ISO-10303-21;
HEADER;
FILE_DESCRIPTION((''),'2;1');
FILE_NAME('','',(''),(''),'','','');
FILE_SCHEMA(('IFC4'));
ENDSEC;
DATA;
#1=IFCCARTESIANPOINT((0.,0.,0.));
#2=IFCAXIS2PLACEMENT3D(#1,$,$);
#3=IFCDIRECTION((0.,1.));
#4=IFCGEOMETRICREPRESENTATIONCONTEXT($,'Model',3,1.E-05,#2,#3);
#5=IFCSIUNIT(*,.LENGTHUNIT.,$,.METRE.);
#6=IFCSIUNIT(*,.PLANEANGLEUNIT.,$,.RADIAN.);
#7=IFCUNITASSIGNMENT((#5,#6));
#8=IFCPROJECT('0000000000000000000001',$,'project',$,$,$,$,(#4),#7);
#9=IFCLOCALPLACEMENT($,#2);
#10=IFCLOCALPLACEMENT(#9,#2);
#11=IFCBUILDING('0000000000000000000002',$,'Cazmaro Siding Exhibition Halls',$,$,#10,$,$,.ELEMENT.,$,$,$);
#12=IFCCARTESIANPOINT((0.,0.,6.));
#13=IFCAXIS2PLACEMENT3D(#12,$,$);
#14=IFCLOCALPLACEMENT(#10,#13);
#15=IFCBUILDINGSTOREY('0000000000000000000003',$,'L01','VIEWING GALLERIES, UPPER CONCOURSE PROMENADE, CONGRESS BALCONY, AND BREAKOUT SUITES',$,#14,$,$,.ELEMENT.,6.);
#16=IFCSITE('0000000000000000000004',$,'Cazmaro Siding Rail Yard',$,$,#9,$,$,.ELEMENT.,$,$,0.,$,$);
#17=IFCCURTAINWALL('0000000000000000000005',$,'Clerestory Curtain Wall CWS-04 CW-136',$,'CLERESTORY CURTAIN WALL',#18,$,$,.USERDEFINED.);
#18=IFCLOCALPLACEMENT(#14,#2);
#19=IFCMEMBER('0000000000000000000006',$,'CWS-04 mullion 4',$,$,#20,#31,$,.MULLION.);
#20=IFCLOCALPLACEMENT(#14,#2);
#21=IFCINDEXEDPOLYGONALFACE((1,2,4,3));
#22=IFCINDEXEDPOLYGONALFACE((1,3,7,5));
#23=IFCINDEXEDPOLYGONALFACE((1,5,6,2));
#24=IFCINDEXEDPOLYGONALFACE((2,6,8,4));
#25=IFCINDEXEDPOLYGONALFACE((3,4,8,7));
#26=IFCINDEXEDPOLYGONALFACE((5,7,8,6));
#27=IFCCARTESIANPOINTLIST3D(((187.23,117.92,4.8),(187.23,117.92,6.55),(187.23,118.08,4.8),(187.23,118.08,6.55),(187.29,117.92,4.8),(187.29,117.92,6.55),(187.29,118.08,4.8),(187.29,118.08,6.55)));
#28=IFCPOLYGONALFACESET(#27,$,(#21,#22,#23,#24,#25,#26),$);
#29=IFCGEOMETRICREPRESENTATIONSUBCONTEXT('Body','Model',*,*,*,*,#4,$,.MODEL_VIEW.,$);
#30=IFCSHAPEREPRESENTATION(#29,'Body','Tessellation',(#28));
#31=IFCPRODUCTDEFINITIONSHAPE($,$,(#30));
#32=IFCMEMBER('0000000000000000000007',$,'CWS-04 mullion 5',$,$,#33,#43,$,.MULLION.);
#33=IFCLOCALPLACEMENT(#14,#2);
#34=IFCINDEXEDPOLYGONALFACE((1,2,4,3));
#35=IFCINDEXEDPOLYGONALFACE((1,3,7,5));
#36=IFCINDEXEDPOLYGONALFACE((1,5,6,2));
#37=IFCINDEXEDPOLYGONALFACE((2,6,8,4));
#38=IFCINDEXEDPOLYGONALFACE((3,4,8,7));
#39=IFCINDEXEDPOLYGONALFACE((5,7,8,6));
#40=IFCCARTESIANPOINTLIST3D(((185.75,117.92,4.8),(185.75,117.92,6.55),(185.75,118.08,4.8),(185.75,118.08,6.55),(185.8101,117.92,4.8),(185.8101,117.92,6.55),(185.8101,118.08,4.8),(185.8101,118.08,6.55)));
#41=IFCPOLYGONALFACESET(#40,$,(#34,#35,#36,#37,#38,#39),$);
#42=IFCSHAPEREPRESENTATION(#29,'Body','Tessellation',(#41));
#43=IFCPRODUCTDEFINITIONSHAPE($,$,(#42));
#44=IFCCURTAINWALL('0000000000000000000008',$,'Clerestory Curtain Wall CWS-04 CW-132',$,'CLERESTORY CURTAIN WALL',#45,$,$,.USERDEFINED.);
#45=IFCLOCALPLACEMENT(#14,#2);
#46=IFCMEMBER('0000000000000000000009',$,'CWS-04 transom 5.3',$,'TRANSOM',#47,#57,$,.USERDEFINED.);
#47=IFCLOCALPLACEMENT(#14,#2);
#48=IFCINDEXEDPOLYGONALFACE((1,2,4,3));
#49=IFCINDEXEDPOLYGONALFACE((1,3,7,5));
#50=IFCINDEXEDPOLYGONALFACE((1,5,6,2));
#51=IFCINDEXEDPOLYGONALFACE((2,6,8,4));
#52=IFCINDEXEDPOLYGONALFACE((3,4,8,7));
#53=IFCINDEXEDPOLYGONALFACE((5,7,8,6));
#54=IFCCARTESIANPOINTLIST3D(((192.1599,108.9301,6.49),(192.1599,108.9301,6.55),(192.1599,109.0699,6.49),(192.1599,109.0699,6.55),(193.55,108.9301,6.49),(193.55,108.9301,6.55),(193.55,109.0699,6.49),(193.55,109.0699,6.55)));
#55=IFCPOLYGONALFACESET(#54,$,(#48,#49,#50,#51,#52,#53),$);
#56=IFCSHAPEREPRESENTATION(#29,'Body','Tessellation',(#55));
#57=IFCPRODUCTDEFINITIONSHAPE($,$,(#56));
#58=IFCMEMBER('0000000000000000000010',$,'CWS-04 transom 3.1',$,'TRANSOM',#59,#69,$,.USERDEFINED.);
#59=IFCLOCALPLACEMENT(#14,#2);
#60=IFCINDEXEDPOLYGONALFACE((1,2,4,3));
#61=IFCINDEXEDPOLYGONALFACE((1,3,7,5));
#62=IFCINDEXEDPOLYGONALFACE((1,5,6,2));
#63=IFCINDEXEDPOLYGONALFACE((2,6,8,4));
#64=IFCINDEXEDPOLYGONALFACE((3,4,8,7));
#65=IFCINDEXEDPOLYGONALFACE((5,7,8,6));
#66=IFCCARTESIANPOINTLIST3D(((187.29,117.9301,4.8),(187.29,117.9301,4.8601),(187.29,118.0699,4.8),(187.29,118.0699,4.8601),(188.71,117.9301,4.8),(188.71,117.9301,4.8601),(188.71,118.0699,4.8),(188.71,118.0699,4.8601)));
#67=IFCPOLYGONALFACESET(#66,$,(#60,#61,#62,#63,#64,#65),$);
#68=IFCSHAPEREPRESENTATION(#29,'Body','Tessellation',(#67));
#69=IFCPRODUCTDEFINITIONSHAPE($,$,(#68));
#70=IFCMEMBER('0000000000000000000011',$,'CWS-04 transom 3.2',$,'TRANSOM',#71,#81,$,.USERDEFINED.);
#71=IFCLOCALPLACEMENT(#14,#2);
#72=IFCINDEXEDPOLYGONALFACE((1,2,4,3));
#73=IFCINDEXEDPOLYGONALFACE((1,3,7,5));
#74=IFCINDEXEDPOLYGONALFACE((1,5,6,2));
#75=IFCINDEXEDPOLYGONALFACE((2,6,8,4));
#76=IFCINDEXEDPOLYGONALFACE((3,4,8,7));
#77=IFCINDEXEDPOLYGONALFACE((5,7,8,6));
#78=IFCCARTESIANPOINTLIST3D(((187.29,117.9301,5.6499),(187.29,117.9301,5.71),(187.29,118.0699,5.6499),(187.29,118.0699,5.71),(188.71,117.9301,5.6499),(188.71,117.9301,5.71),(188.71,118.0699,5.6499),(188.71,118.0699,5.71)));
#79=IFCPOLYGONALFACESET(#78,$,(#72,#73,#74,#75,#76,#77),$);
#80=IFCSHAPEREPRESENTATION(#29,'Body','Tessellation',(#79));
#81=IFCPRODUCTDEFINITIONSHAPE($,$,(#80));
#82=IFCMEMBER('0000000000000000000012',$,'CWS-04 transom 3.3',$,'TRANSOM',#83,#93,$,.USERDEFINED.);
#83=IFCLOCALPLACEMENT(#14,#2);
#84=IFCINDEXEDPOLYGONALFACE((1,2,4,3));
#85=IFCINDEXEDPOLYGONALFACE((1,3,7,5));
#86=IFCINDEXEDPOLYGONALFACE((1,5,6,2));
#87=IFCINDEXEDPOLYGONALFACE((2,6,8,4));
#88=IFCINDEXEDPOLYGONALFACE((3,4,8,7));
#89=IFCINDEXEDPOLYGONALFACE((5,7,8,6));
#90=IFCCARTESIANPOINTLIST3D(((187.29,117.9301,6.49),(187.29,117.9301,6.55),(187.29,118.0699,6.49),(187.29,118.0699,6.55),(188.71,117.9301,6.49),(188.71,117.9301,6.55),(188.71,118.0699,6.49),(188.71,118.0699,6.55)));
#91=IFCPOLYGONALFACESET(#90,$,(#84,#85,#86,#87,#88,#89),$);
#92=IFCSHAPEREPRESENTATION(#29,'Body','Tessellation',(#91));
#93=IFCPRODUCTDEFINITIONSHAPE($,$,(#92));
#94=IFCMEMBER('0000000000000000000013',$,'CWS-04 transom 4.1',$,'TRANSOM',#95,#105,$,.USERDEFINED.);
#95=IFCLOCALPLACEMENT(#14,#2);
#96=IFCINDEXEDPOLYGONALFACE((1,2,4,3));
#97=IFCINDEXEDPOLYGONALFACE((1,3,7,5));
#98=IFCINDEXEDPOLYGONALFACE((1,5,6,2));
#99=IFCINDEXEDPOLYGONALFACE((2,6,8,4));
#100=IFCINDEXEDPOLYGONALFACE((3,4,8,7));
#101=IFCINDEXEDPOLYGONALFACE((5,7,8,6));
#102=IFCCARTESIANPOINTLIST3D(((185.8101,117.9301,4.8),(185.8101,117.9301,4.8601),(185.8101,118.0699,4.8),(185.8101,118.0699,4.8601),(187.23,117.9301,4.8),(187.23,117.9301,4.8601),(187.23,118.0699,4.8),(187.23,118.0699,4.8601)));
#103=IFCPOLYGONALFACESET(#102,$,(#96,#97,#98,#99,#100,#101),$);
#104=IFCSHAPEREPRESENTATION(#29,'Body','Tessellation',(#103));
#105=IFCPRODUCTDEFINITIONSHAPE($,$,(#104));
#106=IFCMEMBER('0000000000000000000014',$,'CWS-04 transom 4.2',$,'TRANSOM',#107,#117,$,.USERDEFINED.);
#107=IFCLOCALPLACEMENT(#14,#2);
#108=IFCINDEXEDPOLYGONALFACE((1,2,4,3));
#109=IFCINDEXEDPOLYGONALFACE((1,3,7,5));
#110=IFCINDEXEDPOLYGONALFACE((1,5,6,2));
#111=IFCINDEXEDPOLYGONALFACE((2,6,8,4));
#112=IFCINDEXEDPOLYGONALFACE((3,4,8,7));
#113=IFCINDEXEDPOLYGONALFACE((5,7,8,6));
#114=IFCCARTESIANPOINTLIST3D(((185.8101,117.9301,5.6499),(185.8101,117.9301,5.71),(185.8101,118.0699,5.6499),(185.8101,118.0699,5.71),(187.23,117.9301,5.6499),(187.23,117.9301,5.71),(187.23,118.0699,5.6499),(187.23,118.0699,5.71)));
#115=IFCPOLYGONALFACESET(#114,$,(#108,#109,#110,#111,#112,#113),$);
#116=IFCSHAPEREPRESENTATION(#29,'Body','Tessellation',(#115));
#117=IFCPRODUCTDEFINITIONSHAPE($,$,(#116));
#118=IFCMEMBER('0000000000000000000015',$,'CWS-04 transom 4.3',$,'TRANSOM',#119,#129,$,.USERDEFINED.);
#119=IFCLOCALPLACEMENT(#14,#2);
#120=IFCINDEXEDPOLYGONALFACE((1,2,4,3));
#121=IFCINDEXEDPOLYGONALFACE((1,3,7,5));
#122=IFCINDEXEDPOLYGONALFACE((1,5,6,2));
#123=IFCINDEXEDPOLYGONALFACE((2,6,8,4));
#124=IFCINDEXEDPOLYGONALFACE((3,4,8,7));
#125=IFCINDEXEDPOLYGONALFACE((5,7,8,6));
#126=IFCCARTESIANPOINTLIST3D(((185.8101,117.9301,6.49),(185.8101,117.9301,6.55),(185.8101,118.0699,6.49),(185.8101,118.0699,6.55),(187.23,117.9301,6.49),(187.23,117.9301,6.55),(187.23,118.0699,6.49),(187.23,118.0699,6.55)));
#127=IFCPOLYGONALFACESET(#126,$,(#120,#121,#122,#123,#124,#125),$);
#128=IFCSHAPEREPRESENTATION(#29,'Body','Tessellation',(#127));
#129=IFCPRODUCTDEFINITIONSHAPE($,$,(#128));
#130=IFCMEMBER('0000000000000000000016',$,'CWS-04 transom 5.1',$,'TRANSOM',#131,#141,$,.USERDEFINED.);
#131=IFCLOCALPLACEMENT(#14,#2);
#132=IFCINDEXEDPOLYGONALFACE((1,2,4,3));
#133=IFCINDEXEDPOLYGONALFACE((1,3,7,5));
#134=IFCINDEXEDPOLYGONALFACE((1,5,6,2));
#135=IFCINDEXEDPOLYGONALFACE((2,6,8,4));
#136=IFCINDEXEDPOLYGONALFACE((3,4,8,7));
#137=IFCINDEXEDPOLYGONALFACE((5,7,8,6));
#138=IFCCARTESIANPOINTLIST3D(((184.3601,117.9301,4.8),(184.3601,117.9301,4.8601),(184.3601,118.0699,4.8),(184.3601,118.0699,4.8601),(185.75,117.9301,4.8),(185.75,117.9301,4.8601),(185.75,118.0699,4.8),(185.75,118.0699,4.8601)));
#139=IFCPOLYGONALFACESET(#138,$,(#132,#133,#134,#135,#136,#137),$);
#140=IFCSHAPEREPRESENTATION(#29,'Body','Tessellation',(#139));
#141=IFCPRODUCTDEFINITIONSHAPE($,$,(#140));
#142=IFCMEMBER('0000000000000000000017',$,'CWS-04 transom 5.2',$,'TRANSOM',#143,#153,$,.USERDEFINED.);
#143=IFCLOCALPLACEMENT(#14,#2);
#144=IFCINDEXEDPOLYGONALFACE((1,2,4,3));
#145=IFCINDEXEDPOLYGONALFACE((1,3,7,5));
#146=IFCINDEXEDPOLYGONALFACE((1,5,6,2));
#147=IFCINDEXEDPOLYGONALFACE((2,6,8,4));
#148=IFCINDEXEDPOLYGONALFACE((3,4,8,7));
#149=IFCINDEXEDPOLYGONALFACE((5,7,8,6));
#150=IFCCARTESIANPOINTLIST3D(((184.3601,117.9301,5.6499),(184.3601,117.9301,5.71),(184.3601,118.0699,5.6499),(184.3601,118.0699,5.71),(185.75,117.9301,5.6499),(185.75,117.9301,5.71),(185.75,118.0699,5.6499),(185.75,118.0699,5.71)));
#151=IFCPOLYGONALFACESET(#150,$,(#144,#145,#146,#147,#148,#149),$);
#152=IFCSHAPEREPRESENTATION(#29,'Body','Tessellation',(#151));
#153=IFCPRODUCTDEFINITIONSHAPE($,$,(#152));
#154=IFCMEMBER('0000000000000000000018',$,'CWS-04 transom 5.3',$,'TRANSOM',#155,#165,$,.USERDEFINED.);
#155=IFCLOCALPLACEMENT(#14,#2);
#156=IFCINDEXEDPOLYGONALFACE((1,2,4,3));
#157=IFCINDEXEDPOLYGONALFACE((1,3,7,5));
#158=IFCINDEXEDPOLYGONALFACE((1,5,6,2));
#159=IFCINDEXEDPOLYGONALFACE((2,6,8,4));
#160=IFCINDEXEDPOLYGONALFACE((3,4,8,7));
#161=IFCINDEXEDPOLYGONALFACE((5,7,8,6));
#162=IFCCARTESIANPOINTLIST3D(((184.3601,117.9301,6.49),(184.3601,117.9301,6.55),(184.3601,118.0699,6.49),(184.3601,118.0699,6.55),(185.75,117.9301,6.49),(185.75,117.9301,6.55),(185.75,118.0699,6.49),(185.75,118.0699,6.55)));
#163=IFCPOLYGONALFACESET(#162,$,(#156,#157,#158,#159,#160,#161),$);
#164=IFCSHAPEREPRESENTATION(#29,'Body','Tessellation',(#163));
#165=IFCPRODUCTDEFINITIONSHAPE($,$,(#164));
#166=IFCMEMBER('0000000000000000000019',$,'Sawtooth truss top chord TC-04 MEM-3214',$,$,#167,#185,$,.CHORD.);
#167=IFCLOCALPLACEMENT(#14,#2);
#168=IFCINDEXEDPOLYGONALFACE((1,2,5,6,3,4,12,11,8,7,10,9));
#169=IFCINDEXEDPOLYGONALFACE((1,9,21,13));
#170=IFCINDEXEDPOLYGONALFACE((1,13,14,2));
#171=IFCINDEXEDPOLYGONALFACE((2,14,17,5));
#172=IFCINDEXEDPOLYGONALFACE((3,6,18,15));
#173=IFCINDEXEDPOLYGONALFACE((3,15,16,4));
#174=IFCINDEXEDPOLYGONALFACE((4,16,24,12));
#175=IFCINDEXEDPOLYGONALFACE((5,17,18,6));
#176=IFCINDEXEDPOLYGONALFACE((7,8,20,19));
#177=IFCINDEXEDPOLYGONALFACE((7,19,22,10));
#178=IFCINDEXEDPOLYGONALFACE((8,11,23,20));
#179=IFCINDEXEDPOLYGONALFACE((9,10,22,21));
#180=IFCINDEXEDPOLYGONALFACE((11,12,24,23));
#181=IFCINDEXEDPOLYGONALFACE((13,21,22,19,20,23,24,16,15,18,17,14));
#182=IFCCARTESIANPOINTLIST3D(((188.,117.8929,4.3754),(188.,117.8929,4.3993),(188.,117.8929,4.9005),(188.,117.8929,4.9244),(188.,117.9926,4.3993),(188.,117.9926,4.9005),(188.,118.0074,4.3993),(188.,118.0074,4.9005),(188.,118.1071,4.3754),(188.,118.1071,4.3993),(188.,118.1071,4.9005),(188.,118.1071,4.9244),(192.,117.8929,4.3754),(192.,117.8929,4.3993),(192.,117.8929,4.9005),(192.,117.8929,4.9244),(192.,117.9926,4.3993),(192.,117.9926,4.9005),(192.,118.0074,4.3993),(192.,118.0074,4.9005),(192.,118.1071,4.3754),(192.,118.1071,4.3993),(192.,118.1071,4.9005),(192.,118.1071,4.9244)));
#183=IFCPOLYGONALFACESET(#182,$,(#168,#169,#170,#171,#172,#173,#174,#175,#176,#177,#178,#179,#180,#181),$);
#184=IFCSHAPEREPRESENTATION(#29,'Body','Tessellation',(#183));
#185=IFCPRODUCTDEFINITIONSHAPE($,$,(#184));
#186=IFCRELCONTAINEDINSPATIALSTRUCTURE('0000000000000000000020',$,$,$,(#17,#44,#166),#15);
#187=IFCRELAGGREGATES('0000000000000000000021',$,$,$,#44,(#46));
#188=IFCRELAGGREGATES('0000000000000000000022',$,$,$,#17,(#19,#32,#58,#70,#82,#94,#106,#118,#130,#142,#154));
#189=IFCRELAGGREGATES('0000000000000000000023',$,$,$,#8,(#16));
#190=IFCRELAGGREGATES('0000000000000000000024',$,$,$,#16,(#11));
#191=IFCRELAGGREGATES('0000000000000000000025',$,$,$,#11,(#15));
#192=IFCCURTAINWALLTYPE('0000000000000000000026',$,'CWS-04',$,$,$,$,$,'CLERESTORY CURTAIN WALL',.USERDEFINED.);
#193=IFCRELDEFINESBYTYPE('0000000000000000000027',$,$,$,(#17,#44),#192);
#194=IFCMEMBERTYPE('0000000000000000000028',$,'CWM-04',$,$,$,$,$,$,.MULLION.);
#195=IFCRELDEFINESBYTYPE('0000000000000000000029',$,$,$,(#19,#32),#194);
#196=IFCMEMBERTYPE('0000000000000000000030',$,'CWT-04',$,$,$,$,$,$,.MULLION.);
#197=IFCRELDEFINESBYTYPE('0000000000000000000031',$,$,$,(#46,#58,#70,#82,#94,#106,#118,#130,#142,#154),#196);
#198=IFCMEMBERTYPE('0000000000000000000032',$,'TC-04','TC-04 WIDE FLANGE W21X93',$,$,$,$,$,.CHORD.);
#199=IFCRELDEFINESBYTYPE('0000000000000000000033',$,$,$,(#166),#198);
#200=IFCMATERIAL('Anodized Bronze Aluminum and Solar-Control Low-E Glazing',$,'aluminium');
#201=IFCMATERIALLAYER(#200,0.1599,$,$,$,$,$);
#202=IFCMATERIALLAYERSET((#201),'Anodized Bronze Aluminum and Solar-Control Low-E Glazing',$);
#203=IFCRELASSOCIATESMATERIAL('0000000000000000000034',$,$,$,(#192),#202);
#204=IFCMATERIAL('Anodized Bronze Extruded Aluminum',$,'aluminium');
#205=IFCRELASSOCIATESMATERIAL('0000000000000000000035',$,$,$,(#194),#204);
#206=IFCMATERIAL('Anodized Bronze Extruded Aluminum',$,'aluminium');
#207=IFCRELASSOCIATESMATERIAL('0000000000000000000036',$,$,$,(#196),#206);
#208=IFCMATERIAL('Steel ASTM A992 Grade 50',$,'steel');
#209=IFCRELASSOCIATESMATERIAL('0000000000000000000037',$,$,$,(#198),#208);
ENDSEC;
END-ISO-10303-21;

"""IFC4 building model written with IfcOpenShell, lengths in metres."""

from ifc_helpers import new_model, si_unit, direction, frame, origin, origin_2d, place, context, subcontext, project, spatial, rectangle, i_section, extrude, material, layer, layer_set, material_profile, profile_set, type_object, element, aggregate, save


model = new_model("IFC4")

# Units and contexts
model_context = context("Model", 3, precision=1e-05, world=origin(), true_north=direction((0.0, 1.0)))
body_context = subcontext(model_context, "Body", "Model", "MODEL_VIEW")
ifc_project = project(units=[si_unit("LENGTHUNIT", "METRE"), si_unit("PLANEANGLEUNIT", "RADIAN")], contexts=[model_context])

# Site, building, storey
site_placement = place(None, origin())
site = spatial("IfcSite", under=ifc_project, at=site_placement, Name="Cazmaro Siding Rail Yard", CompositionType="ELEMENT", RefElevation=0.0)
building_placement = place(site_placement, origin())
building = spatial("IfcBuilding", under=site, at=building_placement, Name="Cazmaro Siding Exhibition Halls", CompositionType="ELEMENT")
storey_placement = place(building_placement, frame((0.0, 0.0, 6.0)))
storey = spatial("IfcBuildingStorey", under=building, at=storey_placement, Name="L01", Description="VIEWING GALLERIES, UPPER CONCOURSE PROMENADE, CONGRESS BALCONY, AND BREAKOUT SUITES", CompositionType="ELEMENT", Elevation=6.0)

# Curtain wall, members
ifc_material_1 = material(Name="Anodized Bronze Aluminum and Solar-Control Low-E Glazing", Category="aluminium")
ifc_layer_1 = layer(ifc_material_1, 0.1599)
ifc_layer_set_1 = layer_set([ifc_layer_1], Name="Anodized Bronze Aluminum and Solar-Control Low-E Glazing")
curtain_wall_type = type_object("IfcCurtainWallType", Name="CWS-04", ElementType="CLERESTORY CURTAIN WALL", PredefinedType="USERDEFINED", material=ifc_layer_set_1)
curtain_wall_1_placement = place(storey_placement, origin())
curtain_wall_1 = element("IfcCurtainWall", 1, at=curtain_wall_1_placement, inside=storey, type_object=curtain_wall_type, Name="Clerestory Curtain Wall CWS-04 CW-136", ObjectType="CLERESTORY CURTAIN WALL", PredefinedType="USERDEFINED")
ifc_material_2 = material(Name="Anodized Bronze Extruded Aluminum", Category="aluminium")
ifc_material_profile_1 = material_profile(ifc_material_2, rectangle(XDim=0.1599, YDim=0.0601, at=origin_2d()), Name="CWM-04")
ifc_profile_set_1 = profile_set([ifc_material_profile_1], Name="Anodized Bronze Extruded Aluminum")
member_type_1 = type_object("IfcMemberType", Name="CWM-04", PredefinedType="MULLION", material=ifc_profile_set_1)
member_1_placement = place(storey_placement, frame((187.26, 118.0, 4.8), z_axis=(0.0, 0.0, 1.0), x_axis=(0.0, -1.0, 0.0)))
member_1 = element("IfcMember", 2, at=member_1_placement, type_object=member_type_1, Name="CWS-04 mullion 4", PredefinedType="MULLION", context=body_context, shape_type="SweptSolid", body=[
    extrude(rectangle(XDim=0.1599, YDim=0.0601, at=origin_2d()), origin(), (0.0, 0.0, 1.0), 1.75),
])
member_2_placement = place(storey_placement, frame((185.78, 118.0, 4.8), z_axis=(0.0, 0.0, 1.0), x_axis=(0.0, -1.0, 0.0)))
member_2 = element("IfcMember", 3, at=member_2_placement, type_object=member_type_1, Name="CWS-04 mullion 5", PredefinedType="MULLION", context=body_context, shape_type="SweptSolid", body=[
    extrude(rectangle(XDim=0.1599, YDim=0.0601, at=origin_2d()), origin(), (0.0, 0.0, 1.0), 1.75),
])

# Curtain wall, member
curtain_wall_2_placement = place(storey_placement, origin())
curtain_wall_2 = element("IfcCurtainWall", 4, at=curtain_wall_2_placement, inside=storey, type_object=curtain_wall_type, Name="Clerestory Curtain Wall CWS-04 CW-132", ObjectType="CLERESTORY CURTAIN WALL", PredefinedType="USERDEFINED")
ifc_material_3 = material(Name="Anodized Bronze Extruded Aluminum", Category="aluminium")
ifc_material_profile_2 = material_profile(ifc_material_3, rectangle(XDim=0.1399, YDim=0.0601, at=origin_2d()), Name="CWT-04")
ifc_profile_set_2 = profile_set([ifc_material_profile_2], Name="Anodized Bronze Extruded Aluminum")
member_type_2 = type_object("IfcMemberType", Name="CWT-04", PredefinedType="MULLION", material=ifc_profile_set_2)
member_3_placement = place(storey_placement, frame((193.55, 109.0, 6.52), z_axis=(-1.0, 0.0, 0.0), x_axis=(0.0, -1.0, 0.0)))
member_3 = element("IfcMember", 5, at=member_3_placement, type_object=member_type_2, Name="CWS-04 transom 5.3", ObjectType="TRANSOM", PredefinedType="USERDEFINED", context=body_context, shape_type="SweptSolid", body=[
    extrude(rectangle(XDim=0.1399, YDim=0.0601, at=origin_2d()), origin(), (0.0, 0.0, 1.0), 1.3901),
])
aggregate(curtain_wall_2, [member_3])

# Members
member_4_placement = place(storey_placement, frame((188.71, 118.0, 4.8301), z_axis=(-1.0, 0.0, 0.0), x_axis=(0.0, -1.0, 0.0)))
member_4 = element("IfcMember", 6, at=member_4_placement, type_object=member_type_2, Name="CWS-04 transom 3.1", ObjectType="TRANSOM", PredefinedType="USERDEFINED", context=body_context, shape_type="SweptSolid", body=[
    extrude(rectangle(XDim=0.1399, YDim=0.0601, at=origin_2d()), origin(), (0.0, 0.0, 1.0), 1.4199),
])
member_5_placement = place(storey_placement, frame((188.71, 118.0, 5.6799), z_axis=(-1.0, 0.0, 0.0), x_axis=(0.0, -1.0, 0.0)))
member_5 = element("IfcMember", 7, at=member_5_placement, type_object=member_type_2, Name="CWS-04 transom 3.2", ObjectType="TRANSOM", PredefinedType="USERDEFINED", context=body_context, shape_type="SweptSolid", body=[
    extrude(rectangle(XDim=0.1399, YDim=0.0601, at=origin_2d()), origin(), (0.0, 0.0, 1.0), 1.4199),
])
member_6_placement = place(storey_placement, frame((188.71, 118.0, 6.52), z_axis=(-1.0, 0.0, 0.0), x_axis=(0.0, -1.0, 0.0)))
member_6 = element("IfcMember", 8, at=member_6_placement, type_object=member_type_2, Name="CWS-04 transom 3.3", ObjectType="TRANSOM", PredefinedType="USERDEFINED", context=body_context, shape_type="SweptSolid", body=[
    extrude(rectangle(XDim=0.1399, YDim=0.0601, at=origin_2d()), origin(), (0.0, 0.0, 1.0), 1.4199),
])
member_7_placement = place(storey_placement, frame((187.23, 118.0, 4.8301), z_axis=(-1.0, 0.0, 0.0), x_axis=(0.0, -1.0, 0.0)))
member_7 = element("IfcMember", 9, at=member_7_placement, type_object=member_type_2, Name="CWS-04 transom 4.1", ObjectType="TRANSOM", PredefinedType="USERDEFINED", context=body_context, shape_type="SweptSolid", body=[
    extrude(rectangle(XDim=0.1399, YDim=0.0601, at=origin_2d()), origin(), (0.0, 0.0, 1.0), 1.4199),
])
member_8_placement = place(storey_placement, frame((187.23, 118.0, 5.6799), z_axis=(-1.0, 0.0, 0.0), x_axis=(0.0, -1.0, 0.0)))
member_8 = element("IfcMember", 10, at=member_8_placement, type_object=member_type_2, Name="CWS-04 transom 4.2", ObjectType="TRANSOM", PredefinedType="USERDEFINED", context=body_context, shape_type="SweptSolid", body=[
    extrude(rectangle(XDim=0.1399, YDim=0.0601, at=origin_2d()), origin(), (0.0, 0.0, 1.0), 1.4199),
])
member_9_placement = place(storey_placement, frame((187.23, 118.0, 6.52), z_axis=(-1.0, 0.0, 0.0), x_axis=(0.0, -1.0, 0.0)))
member_9 = element("IfcMember", 11, at=member_9_placement, type_object=member_type_2, Name="CWS-04 transom 4.3", ObjectType="TRANSOM", PredefinedType="USERDEFINED", context=body_context, shape_type="SweptSolid", body=[
    extrude(rectangle(XDim=0.1399, YDim=0.0601, at=origin_2d()), origin(), (0.0, 0.0, 1.0), 1.4199),
])
member_10_placement = place(storey_placement, frame((185.75, 118.0, 4.8301), z_axis=(-1.0, 0.0, 0.0), x_axis=(0.0, -1.0, 0.0)))
member_10 = element("IfcMember", 12, at=member_10_placement, type_object=member_type_2, Name="CWS-04 transom 5.1", ObjectType="TRANSOM", PredefinedType="USERDEFINED", context=body_context, shape_type="SweptSolid", body=[
    extrude(rectangle(XDim=0.1399, YDim=0.0601, at=origin_2d()), origin(), (0.0, 0.0, 1.0), 1.3899),
])
member_11_placement = place(storey_placement, frame((185.75, 118.0, 5.6799), z_axis=(-1.0, 0.0, 0.0), x_axis=(0.0, -1.0, 0.0)))
member_11 = element("IfcMember", 13, at=member_11_placement, type_object=member_type_2, Name="CWS-04 transom 5.2", ObjectType="TRANSOM", PredefinedType="USERDEFINED", context=body_context, shape_type="SweptSolid", body=[
    extrude(rectangle(XDim=0.1399, YDim=0.0601, at=origin_2d()), origin(), (0.0, 0.0, 1.0), 1.3899),
])
member_12_placement = place(storey_placement, frame((185.75, 118.0, 6.52), z_axis=(-1.0, 0.0, 0.0), x_axis=(0.0, -1.0, 0.0)))
member_12 = element("IfcMember", 14, at=member_12_placement, type_object=member_type_2, Name="CWS-04 transom 5.3", ObjectType="TRANSOM", PredefinedType="USERDEFINED", context=body_context, shape_type="SweptSolid", body=[
    extrude(rectangle(XDim=0.1399, YDim=0.0601, at=origin_2d()), origin(), (0.0, 0.0, 1.0), 1.3899),
])

# Member
ifc_material_4 = material(Name="Steel ASTM A992 Grade 50", Category="steel")
ifc_material_profile_3 = material_profile(ifc_material_4, i_section(OverallWidth=0.2141, OverallDepth=0.5491, WebThickness=0.0149, FlangeThickness=0.0239, at=origin_2d()), Name="W21X93")
ifc_profile_set_3 = profile_set([ifc_material_profile_3], Name="Steel ASTM A992 Grade 50")
member_type_3 = type_object("IfcMemberType", Name="TC-04", Description="TC-04 WIDE FLANGE W21X93", PredefinedType="CHORD", material=ifc_profile_set_3)
member_13_placement = place(storey_placement, frame((188.0, 118.0, 4.6499), z_axis=(1.0, 0.0, 0.0), x_axis=(0.0, 1.0, 0.0)))
element("IfcMember", 15, at=member_13_placement, inside=storey, type_object=member_type_3, Name="Sawtooth truss top chord TC-04 MEM-3214", PredefinedType="CHORD", context=body_context, shape_type="SweptSolid", body=[
    extrude(i_section(OverallWidth=0.2141, OverallDepth=0.5491, WebThickness=0.0149, FlangeThickness=0.0239, at=origin_2d()), origin(), (0.0, 0.0, 1.0), 4.0),
])

aggregate(curtain_wall_1, [member_1, member_2, member_4, member_5, member_6, member_7, member_8, member_9, member_10, member_11, member_12])

save(model, "model.ifc")
